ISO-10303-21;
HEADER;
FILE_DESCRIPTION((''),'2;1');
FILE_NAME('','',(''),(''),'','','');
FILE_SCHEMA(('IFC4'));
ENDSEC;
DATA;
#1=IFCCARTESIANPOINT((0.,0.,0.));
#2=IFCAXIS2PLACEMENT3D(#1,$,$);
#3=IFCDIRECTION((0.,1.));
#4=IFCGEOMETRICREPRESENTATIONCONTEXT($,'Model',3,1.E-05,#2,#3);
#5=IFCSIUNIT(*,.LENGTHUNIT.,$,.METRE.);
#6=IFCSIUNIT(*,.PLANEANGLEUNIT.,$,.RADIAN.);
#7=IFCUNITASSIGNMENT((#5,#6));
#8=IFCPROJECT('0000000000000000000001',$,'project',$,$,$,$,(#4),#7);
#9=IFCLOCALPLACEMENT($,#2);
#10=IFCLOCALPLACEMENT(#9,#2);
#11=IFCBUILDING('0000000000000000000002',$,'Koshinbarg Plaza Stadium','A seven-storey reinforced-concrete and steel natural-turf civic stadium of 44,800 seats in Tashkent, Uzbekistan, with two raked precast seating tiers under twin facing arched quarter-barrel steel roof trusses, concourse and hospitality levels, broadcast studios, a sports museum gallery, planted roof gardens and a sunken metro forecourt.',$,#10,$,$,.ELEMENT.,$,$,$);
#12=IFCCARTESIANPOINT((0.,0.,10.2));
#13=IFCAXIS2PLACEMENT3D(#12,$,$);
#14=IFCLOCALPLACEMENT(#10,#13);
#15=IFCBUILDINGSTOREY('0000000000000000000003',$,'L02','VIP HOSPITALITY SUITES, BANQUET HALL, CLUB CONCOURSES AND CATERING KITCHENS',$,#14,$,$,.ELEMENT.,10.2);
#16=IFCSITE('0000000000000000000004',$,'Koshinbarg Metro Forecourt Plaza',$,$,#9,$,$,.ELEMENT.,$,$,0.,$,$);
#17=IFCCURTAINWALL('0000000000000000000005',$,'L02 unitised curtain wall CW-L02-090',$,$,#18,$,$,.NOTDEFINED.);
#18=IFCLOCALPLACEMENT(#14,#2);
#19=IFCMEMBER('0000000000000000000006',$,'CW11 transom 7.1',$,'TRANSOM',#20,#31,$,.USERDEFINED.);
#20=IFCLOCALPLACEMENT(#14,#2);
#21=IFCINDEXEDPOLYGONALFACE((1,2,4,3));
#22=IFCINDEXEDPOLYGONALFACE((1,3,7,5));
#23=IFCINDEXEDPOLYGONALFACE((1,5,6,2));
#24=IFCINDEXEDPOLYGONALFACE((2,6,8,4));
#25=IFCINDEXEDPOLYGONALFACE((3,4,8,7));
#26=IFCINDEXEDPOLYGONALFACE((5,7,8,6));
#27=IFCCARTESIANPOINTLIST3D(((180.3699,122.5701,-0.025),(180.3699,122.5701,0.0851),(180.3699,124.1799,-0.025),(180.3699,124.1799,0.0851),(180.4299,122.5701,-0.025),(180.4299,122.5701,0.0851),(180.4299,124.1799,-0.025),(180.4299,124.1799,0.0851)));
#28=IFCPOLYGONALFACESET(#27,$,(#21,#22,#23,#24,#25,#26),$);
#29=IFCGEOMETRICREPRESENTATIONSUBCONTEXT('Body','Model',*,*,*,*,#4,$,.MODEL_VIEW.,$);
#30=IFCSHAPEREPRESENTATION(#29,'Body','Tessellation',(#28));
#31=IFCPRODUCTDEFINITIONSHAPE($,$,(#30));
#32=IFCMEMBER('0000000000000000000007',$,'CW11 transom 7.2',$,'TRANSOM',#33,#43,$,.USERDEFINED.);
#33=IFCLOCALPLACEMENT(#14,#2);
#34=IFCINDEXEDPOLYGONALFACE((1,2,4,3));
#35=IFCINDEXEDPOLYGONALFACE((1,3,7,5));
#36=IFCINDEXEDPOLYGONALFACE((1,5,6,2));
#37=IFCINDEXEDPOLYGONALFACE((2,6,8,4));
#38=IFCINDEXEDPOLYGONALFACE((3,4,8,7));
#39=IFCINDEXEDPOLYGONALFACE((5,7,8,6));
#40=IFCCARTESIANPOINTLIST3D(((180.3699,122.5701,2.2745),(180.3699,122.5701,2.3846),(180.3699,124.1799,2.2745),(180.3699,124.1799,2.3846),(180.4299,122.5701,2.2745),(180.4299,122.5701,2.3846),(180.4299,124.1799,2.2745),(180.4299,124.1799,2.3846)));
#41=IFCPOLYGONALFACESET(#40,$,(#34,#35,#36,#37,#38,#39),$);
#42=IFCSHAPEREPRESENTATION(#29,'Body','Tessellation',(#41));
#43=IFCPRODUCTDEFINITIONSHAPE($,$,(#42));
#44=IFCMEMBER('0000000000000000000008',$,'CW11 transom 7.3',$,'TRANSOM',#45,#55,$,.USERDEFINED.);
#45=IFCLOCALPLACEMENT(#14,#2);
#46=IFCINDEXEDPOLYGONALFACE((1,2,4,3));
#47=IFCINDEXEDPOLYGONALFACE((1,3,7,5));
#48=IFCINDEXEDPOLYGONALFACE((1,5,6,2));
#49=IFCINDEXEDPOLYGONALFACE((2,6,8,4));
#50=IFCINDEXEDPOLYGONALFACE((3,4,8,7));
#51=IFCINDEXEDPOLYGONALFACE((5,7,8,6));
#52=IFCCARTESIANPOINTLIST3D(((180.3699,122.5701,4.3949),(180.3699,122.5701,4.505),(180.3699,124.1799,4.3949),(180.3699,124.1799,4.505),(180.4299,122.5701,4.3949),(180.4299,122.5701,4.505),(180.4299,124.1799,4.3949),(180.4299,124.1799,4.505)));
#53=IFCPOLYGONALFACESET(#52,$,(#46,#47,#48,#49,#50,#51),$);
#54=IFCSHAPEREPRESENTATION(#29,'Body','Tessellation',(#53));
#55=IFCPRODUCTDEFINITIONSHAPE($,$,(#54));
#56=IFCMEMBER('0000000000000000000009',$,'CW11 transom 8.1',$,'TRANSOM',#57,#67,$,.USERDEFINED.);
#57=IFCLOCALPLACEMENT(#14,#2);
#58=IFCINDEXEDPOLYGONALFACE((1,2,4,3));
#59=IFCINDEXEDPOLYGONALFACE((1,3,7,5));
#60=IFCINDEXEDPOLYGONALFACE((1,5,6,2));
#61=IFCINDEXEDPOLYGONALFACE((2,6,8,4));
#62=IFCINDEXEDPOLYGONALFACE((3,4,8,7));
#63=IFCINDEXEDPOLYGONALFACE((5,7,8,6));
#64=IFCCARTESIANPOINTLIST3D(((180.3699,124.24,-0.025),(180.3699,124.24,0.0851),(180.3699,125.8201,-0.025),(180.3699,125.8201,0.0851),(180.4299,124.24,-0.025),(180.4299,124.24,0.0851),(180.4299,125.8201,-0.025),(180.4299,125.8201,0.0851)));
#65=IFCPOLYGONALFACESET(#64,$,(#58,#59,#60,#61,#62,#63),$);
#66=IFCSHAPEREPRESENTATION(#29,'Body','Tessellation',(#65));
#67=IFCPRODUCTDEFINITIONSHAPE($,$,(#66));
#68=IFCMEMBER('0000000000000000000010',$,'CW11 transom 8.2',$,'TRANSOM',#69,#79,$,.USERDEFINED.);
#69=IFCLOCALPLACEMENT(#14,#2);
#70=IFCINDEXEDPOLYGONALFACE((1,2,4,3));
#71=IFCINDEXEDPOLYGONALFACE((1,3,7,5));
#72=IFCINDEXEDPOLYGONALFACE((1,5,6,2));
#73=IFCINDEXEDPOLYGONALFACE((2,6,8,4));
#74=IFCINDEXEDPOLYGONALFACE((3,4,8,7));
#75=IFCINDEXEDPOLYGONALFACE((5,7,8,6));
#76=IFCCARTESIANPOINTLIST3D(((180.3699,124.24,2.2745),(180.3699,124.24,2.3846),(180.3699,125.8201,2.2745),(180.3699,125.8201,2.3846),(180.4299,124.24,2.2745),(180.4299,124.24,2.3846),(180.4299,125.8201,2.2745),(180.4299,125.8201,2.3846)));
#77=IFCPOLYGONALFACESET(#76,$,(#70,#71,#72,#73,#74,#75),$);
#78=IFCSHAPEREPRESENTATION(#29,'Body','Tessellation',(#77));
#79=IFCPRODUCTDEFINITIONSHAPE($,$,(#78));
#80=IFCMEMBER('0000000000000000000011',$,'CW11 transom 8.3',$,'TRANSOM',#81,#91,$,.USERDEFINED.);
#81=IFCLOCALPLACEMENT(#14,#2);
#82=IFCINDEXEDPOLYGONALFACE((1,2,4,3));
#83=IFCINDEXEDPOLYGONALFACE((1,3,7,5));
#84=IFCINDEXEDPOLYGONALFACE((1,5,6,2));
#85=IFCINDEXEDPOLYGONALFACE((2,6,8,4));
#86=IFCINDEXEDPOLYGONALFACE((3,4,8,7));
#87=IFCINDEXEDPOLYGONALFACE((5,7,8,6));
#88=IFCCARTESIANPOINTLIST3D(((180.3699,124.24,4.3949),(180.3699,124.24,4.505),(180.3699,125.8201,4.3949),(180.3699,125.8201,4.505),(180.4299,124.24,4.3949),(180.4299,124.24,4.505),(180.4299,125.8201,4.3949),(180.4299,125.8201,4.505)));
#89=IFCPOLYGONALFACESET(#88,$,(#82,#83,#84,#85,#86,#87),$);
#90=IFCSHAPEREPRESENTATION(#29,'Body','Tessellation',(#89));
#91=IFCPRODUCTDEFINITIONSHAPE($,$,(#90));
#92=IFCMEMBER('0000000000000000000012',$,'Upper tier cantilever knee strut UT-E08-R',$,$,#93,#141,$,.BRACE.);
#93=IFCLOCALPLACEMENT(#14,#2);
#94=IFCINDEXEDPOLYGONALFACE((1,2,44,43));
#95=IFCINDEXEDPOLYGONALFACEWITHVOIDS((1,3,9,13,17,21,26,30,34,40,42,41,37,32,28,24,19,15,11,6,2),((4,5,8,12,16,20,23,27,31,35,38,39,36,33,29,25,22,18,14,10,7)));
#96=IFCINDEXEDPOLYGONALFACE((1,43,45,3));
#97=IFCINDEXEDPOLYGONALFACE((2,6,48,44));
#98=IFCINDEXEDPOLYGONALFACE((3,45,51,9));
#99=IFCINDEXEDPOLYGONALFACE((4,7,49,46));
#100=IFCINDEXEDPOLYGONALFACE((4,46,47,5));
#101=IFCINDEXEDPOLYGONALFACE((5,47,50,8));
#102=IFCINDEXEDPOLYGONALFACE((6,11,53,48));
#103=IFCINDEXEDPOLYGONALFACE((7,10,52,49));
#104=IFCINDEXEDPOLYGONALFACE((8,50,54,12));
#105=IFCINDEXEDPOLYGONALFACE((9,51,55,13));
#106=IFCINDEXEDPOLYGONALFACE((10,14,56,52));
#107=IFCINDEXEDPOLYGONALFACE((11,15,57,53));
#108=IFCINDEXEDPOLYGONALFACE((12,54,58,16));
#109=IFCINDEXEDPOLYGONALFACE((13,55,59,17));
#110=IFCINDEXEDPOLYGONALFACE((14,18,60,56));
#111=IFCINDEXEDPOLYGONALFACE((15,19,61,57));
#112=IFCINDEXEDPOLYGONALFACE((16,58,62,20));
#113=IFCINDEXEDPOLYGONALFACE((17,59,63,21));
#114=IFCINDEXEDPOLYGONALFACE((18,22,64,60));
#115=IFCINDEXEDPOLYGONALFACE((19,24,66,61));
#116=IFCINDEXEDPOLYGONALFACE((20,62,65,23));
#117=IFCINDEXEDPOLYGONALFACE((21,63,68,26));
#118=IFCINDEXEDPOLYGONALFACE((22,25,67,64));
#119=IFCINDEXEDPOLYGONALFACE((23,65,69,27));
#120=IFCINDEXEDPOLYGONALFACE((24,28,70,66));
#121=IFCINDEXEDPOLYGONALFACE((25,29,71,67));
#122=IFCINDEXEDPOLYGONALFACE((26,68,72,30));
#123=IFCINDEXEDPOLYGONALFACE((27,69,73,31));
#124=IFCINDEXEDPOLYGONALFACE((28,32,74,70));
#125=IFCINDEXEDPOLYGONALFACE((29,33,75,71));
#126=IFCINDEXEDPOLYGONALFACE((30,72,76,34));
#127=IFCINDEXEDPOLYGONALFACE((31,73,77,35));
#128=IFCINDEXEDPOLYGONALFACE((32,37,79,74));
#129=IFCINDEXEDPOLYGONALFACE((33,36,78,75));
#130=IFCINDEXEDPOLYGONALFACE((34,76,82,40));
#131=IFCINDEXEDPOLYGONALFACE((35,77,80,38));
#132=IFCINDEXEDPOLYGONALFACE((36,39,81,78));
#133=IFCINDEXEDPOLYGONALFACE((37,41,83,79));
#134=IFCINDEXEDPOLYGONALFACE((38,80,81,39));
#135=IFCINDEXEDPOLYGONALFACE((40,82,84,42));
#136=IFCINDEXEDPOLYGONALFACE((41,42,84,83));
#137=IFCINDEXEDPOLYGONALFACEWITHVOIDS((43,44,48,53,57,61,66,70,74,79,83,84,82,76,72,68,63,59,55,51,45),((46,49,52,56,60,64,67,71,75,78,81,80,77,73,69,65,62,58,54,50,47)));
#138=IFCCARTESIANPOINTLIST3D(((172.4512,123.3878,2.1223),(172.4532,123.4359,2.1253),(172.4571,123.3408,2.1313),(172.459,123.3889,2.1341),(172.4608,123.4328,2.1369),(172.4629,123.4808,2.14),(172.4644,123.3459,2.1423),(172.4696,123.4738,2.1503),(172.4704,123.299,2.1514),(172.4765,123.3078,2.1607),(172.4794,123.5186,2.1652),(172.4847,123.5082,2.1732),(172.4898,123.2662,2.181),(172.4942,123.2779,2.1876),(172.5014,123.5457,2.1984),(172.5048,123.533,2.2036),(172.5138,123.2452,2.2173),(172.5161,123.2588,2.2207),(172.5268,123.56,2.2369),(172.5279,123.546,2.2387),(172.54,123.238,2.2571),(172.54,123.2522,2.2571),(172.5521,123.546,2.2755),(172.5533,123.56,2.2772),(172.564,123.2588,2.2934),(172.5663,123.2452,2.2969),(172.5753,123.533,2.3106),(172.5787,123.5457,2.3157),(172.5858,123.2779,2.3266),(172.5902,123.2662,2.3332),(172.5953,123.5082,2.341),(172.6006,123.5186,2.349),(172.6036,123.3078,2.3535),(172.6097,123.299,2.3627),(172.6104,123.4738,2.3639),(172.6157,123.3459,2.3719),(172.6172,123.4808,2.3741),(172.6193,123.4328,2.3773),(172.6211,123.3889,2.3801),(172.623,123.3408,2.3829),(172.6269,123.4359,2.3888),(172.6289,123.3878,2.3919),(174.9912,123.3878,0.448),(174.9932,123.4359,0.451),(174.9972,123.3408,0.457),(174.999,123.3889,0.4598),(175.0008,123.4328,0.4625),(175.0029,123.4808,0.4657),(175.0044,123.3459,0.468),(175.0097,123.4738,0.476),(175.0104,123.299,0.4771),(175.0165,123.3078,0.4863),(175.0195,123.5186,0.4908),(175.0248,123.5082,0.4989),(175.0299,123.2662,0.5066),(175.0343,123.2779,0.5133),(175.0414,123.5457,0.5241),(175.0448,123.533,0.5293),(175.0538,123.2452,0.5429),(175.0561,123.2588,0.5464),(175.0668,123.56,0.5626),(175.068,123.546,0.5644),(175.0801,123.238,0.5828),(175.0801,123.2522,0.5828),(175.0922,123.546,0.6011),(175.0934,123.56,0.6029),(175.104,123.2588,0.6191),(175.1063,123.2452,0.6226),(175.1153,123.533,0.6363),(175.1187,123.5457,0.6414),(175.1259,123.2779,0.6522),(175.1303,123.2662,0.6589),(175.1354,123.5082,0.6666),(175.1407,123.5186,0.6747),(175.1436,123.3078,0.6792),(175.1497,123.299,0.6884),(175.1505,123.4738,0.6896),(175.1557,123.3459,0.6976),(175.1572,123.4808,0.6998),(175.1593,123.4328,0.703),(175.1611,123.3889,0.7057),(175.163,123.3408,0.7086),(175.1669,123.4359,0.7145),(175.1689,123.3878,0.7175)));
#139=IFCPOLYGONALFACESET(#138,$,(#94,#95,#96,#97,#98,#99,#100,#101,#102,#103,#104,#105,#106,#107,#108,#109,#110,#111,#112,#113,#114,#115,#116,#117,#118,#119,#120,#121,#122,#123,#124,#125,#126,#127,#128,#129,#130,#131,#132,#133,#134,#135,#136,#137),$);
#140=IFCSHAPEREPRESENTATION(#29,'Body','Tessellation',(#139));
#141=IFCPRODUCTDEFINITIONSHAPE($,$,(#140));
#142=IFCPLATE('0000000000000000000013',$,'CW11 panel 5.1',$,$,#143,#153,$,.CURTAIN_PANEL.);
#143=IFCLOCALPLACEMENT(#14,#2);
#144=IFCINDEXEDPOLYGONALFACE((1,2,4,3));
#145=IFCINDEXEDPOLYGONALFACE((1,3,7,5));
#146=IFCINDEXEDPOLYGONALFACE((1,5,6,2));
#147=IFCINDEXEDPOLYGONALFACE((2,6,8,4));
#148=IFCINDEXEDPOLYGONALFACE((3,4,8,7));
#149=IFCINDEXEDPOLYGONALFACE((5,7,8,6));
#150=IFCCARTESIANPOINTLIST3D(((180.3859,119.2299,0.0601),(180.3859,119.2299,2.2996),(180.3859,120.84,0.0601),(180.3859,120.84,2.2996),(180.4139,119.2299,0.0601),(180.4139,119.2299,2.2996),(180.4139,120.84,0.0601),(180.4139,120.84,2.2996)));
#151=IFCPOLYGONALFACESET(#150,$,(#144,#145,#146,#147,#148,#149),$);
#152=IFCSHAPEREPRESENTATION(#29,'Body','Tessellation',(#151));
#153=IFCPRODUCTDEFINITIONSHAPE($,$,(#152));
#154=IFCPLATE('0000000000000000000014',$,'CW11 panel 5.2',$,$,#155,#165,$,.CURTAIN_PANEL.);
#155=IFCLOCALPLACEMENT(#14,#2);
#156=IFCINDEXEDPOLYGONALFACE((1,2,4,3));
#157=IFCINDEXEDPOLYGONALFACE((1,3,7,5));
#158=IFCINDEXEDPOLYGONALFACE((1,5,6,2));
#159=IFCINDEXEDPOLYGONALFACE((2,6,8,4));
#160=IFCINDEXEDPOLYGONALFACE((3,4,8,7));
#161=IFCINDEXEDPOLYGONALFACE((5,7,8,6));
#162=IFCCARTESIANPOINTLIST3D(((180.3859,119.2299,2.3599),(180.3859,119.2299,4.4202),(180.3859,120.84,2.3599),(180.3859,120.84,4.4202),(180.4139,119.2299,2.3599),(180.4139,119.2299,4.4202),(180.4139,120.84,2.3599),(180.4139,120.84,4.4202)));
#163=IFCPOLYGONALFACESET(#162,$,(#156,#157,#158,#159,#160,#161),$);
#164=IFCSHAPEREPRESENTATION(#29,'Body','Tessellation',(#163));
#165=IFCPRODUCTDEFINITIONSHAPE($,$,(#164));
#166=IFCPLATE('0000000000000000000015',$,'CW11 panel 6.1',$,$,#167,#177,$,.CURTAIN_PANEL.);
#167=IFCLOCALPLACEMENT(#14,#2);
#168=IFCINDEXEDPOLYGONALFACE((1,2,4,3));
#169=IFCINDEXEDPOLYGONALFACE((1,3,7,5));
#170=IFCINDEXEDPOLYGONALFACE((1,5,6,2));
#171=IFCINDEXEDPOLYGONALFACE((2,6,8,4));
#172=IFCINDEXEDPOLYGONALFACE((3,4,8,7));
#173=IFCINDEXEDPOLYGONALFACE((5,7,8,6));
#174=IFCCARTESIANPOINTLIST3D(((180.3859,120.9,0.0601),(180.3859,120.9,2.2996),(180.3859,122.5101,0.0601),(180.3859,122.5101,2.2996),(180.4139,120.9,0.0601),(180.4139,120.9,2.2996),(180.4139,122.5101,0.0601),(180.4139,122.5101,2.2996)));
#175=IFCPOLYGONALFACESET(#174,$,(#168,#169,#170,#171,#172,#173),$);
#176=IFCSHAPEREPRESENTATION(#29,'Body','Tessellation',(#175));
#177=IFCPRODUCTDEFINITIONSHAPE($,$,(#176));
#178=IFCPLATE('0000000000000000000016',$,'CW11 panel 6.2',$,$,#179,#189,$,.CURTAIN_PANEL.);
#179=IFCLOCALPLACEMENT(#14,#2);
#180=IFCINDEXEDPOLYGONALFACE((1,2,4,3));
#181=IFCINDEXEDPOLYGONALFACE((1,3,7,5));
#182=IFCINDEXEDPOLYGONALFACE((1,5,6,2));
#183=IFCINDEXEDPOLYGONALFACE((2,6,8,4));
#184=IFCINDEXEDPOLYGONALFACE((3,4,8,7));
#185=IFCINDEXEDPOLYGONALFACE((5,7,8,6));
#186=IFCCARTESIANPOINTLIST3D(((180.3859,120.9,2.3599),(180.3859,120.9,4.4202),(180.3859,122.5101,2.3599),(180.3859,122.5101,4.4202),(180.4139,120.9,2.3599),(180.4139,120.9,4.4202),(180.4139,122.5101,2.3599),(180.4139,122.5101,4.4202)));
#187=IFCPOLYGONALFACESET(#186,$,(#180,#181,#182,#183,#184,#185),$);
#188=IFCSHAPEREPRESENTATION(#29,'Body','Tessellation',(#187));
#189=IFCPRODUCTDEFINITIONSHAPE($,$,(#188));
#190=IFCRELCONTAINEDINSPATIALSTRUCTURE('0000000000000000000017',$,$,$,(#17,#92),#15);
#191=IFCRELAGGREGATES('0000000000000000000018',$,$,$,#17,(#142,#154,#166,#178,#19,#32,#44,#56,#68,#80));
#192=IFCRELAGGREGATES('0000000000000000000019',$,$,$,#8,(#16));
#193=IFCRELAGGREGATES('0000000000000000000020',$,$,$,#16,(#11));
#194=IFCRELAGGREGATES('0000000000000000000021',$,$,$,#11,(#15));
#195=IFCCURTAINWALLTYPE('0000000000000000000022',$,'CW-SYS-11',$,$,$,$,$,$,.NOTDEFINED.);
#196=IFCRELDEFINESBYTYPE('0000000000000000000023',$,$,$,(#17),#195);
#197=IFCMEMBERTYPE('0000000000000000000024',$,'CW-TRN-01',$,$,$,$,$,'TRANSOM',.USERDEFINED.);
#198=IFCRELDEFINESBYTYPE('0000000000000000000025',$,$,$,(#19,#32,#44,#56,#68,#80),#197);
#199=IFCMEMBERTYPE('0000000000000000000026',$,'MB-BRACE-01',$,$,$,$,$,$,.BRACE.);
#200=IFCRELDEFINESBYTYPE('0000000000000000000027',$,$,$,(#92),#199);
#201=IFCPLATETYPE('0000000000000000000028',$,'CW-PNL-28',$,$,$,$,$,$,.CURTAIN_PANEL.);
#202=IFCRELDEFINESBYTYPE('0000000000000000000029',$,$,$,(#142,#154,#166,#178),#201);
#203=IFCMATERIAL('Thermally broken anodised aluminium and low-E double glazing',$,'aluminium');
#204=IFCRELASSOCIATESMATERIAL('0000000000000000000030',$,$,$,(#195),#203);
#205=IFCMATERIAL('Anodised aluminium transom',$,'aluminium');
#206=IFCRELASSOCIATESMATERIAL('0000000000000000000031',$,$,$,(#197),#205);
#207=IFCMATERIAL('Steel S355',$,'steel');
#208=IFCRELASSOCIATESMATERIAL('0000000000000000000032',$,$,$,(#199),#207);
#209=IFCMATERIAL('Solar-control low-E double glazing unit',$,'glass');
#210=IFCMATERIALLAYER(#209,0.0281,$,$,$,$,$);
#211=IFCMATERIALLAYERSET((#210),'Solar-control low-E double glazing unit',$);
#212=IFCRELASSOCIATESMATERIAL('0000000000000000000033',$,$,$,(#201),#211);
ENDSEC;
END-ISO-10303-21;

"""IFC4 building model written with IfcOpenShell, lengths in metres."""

from ifc_helpers import new_model, si_unit, direction, frame, origin, origin_2d, place, context, subcontext, project, spatial, rectangle, hollow_circle, extrude, material, layer, layer_set, material_profile, profile_set, type_object, element, aggregate, save


model = new_model("IFC4")

# Units and contexts
model_context = context("Model", 3, precision=1e-05, world=origin(), true_north=direction((0.0, 1.0)))
body_context = subcontext(model_context, "Body", "Model", "MODEL_VIEW")
ifc_project = project(units=[si_unit("LENGTHUNIT", "METRE"), si_unit("PLANEANGLEUNIT", "RADIAN")], contexts=[model_context])

# Site, building, storey
site_placement = place(None, origin())
site = spatial("IfcSite", under=ifc_project, at=site_placement, Name="Koshinbarg Metro Forecourt Plaza", CompositionType="ELEMENT", RefElevation=0.0)
building_placement = place(site_placement, origin())
building = spatial("IfcBuilding", under=site, at=building_placement, Name="Koshinbarg Plaza Stadium", Description="A seven-storey reinforced-concrete and steel natural-turf civic stadium of 44,800 seats in Tashkent, Uzbekistan, with two raked precast seating tiers under twin facing arched quarter-barrel steel roof trusses, concourse and hospitality levels, broadcast studios, a sports museum gallery, planted roof gardens and a sunken metro forecourt.", CompositionType="ELEMENT")
storey_placement = place(building_placement, frame((0.0, 0.0, 10.2)))
storey = spatial("IfcBuildingStorey", under=building, at=storey_placement, Name="L02", Description="VIP HOSPITALITY SUITES, BANQUET HALL, CLUB CONCOURSES AND CATERING KITCHENS", CompositionType="ELEMENT", Elevation=10.2)

# Curtain wall, members
ifc_material_1 = material(Name="Thermally broken anodised aluminium and low-E double glazing", Category="aluminium")
curtain_wall_type = type_object("IfcCurtainWallType", Name="CW-SYS-11", PredefinedType="NOTDEFINED", material=ifc_material_1)
curtain_wall_placement = place(storey_placement, origin())
curtain_wall = element("IfcCurtainWall", 1, at=curtain_wall_placement, inside=storey, type_object=curtain_wall_type, Name="L02 unitised curtain wall CW-L02-090", PredefinedType="NOTDEFINED")
ifc_material_2 = material(Name="Anodised aluminium transom", Category="aluminium")
ifc_material_profile_1 = material_profile(ifc_material_2, rectangle(XDim=0.0601, YDim=0.1101, at=origin_2d()), Name="ALU 60x110")
ifc_profile_set_1 = profile_set([ifc_material_profile_1], Name="Anodised aluminium transom")
member_type_1 = type_object("IfcMemberType", Name="CW-TRN-01", ElementType="TRANSOM", PredefinedType="USERDEFINED", material=ifc_profile_set_1)
member_1_placement = place(storey_placement, frame((180.3999, 122.5701, 0.03), z_axis=(0.0, 1.0, 0.0), x_axis=(-1.0, 0.0, 0.0)))
member_1 = element("IfcMember", 2, at=member_1_placement, type_object=member_type_1, Name="CW11 transom 7.1", ObjectType="TRANSOM", PredefinedType="USERDEFINED", context=body_context, shape_type="SweptSolid", body=[
    extrude(rectangle(XDim=0.0601, YDim=0.1101, at=origin_2d()), origin(), (0.0, 0.0, 1.0), 1.6099),
])
member_2_placement = place(storey_placement, frame((180.3999, 122.5701, 2.3296), z_axis=(0.0, 1.0, 0.0), x_axis=(-1.0, 0.0, 0.0)))
member_2 = element("IfcMember", 3, at=member_2_placement, type_object=member_type_1, Name="CW11 transom 7.2", ObjectType="TRANSOM", PredefinedType="USERDEFINED", context=body_context, shape_type="SweptSolid", body=[
    extrude(rectangle(XDim=0.0601, YDim=0.1101, at=origin_2d()), origin(), (0.0, 0.0, 1.0), 1.6099),
])
member_3_placement = place(storey_placement, frame((180.3999, 122.5701, 4.45), z_axis=(0.0, 1.0, 0.0), x_axis=(-1.0, 0.0, 0.0)))
member_3 = element("IfcMember", 4, at=member_3_placement, type_object=member_type_1, Name="CW11 transom 7.3", ObjectType="TRANSOM", PredefinedType="USERDEFINED", context=body_context, shape_type="SweptSolid", body=[
    extrude(rectangle(XDim=0.0601, YDim=0.1101, at=origin_2d()), origin(), (0.0, 0.0, 1.0), 1.6099),
])
member_4_placement = place(storey_placement, frame((180.3999, 124.24, 0.03), z_axis=(0.0, 1.0, 0.0), x_axis=(-1.0, 0.0, 0.0)))
member_4 = element("IfcMember", 5, at=member_4_placement, type_object=member_type_1, Name="CW11 transom 8.1", ObjectType="TRANSOM", PredefinedType="USERDEFINED", context=body_context, shape_type="SweptSolid", body=[
    extrude(rectangle(XDim=0.0601, YDim=0.1101, at=origin_2d()), origin(), (0.0, 0.0, 1.0), 1.5801),
])
member_5_placement = place(storey_placement, frame((180.3999, 124.24, 2.3296), z_axis=(0.0, 1.0, 0.0), x_axis=(-1.0, 0.0, 0.0)))
member_5 = element("IfcMember", 6, at=member_5_placement, type_object=member_type_1, Name="CW11 transom 8.2", ObjectType="TRANSOM", PredefinedType="USERDEFINED", context=body_context, shape_type="SweptSolid", body=[
    extrude(rectangle(XDim=0.0601, YDim=0.1101, at=origin_2d()), origin(), (0.0, 0.0, 1.0), 1.5801),
])
member_6_placement = place(storey_placement, frame((180.3999, 124.24, 4.45), z_axis=(0.0, 1.0, 0.0), x_axis=(-1.0, 0.0, 0.0)))
member_6 = element("IfcMember", 7, at=member_6_placement, type_object=member_type_1, Name="CW11 transom 8.3", ObjectType="TRANSOM", PredefinedType="USERDEFINED", context=body_context, shape_type="SweptSolid", body=[
    extrude(rectangle(XDim=0.0601, YDim=0.1101, at=origin_2d()), origin(), (0.0, 0.0, 1.0), 1.5801),
])

# Member
ifc_material_3 = material(Name="Steel S355", Category="steel")
ifc_material_profile_2 = material_profile(ifc_material_3, hollow_circle(Radius=0.1619, WallThickness=0.0142, at=origin_2d()), Name="CHS 323.9x14.2")
ifc_profile_set_2 = profile_set([ifc_material_profile_2], Name="Steel S355")
member_type_2 = type_object("IfcMemberType", Name="MB-BRACE-01", PredefinedType="BRACE", material=ifc_profile_set_2)
member_7_placement = place(storey_placement, frame((175.0801, 123.3999, 0.5828), z_axis=(-0.834928, 0.0, 0.550359), x_axis=(0.0, -1.0, 0.0)))
element("IfcMember", 8, at=member_7_placement, inside=storey, type_object=member_type_2, Name="Upper tier cantilever knee strut UT-E08-R", PredefinedType="BRACE", context=body_context, shape_type="SweptSolid", body=[
    extrude(hollow_circle(Radius=0.1619, WallThickness=0.0142, at=origin_2d()), origin(), (0.0, 0.0, 1.0), 3.0422),
])

# Plates
ifc_material_4 = material(Name="Solar-control low-E double glazing unit", Category="glass")
ifc_layer = layer(ifc_material_4, 0.0281)
ifc_layer_set = layer_set([ifc_layer], Name="Solar-control low-E double glazing unit")
plate_type = type_object("IfcPlateType", Name="CW-PNL-28", PredefinedType="CURTAIN_PANEL", material=ifc_layer_set)
plate_1_placement = place(storey_placement, frame((180.3999, 120.0349, 0.0601), z_axis=(0.0, 0.0, 1.0), x_axis=(0.0, 1.0, 0.0)))
plate_1 = element("IfcPlate", 9, at=plate_1_placement, type_object=plate_type, Name="CW11 panel 5.1", PredefinedType="CURTAIN_PANEL", context=body_context, shape_type="SweptSolid", body=[
    extrude(rectangle(XDim=1.6101, YDim=0.0281, at=origin_2d()), origin(), (0.0, 0.0, 1.0), 2.2395),
])
plate_2_placement = place(storey_placement, frame((180.3999, 120.0349, 2.3599), z_axis=(0.0, 0.0, 1.0), x_axis=(0.0, 1.0, 0.0)))
plate_2 = element("IfcPlate", 10, at=plate_2_placement, type_object=plate_type, Name="CW11 panel 5.2", PredefinedType="CURTAIN_PANEL", context=body_context, shape_type="SweptSolid", body=[
    extrude(rectangle(XDim=1.6101, YDim=0.0281, at=origin_2d()), origin(), (0.0, 0.0, 1.0), 2.0603),
])
plate_3_placement = place(storey_placement, frame((180.3999, 121.7051, 0.0601), z_axis=(0.0, 0.0, 1.0), x_axis=(0.0, 1.0, 0.0)))
plate_3 = element("IfcPlate", 11, at=plate_3_placement, type_object=plate_type, Name="CW11 panel 6.1", PredefinedType="CURTAIN_PANEL", context=body_context, shape_type="SweptSolid", body=[
    extrude(rectangle(XDim=1.6101, YDim=0.0281, at=origin_2d()), origin(), (0.0, 0.0, 1.0), 2.2395),
])
plate_4_placement = place(storey_placement, frame((180.3999, 121.7051, 2.3599), z_axis=(0.0, 0.0, 1.0), x_axis=(0.0, 1.0, 0.0)))
plate_4 = element("IfcPlate", 12, at=plate_4_placement, type_object=plate_type, Name="CW11 panel 6.2", PredefinedType="CURTAIN_PANEL", context=body_context, shape_type="SweptSolid", body=[
    extrude(rectangle(XDim=1.6101, YDim=0.0281, at=origin_2d()), origin(), (0.0, 0.0, 1.0), 2.0603),
])
aggregate(curtain_wall, [plate_1, plate_2, plate_3, plate_4, member_1, member_2, member_3, member_4, member_5, member_6])

save(model, "model.ifc")
